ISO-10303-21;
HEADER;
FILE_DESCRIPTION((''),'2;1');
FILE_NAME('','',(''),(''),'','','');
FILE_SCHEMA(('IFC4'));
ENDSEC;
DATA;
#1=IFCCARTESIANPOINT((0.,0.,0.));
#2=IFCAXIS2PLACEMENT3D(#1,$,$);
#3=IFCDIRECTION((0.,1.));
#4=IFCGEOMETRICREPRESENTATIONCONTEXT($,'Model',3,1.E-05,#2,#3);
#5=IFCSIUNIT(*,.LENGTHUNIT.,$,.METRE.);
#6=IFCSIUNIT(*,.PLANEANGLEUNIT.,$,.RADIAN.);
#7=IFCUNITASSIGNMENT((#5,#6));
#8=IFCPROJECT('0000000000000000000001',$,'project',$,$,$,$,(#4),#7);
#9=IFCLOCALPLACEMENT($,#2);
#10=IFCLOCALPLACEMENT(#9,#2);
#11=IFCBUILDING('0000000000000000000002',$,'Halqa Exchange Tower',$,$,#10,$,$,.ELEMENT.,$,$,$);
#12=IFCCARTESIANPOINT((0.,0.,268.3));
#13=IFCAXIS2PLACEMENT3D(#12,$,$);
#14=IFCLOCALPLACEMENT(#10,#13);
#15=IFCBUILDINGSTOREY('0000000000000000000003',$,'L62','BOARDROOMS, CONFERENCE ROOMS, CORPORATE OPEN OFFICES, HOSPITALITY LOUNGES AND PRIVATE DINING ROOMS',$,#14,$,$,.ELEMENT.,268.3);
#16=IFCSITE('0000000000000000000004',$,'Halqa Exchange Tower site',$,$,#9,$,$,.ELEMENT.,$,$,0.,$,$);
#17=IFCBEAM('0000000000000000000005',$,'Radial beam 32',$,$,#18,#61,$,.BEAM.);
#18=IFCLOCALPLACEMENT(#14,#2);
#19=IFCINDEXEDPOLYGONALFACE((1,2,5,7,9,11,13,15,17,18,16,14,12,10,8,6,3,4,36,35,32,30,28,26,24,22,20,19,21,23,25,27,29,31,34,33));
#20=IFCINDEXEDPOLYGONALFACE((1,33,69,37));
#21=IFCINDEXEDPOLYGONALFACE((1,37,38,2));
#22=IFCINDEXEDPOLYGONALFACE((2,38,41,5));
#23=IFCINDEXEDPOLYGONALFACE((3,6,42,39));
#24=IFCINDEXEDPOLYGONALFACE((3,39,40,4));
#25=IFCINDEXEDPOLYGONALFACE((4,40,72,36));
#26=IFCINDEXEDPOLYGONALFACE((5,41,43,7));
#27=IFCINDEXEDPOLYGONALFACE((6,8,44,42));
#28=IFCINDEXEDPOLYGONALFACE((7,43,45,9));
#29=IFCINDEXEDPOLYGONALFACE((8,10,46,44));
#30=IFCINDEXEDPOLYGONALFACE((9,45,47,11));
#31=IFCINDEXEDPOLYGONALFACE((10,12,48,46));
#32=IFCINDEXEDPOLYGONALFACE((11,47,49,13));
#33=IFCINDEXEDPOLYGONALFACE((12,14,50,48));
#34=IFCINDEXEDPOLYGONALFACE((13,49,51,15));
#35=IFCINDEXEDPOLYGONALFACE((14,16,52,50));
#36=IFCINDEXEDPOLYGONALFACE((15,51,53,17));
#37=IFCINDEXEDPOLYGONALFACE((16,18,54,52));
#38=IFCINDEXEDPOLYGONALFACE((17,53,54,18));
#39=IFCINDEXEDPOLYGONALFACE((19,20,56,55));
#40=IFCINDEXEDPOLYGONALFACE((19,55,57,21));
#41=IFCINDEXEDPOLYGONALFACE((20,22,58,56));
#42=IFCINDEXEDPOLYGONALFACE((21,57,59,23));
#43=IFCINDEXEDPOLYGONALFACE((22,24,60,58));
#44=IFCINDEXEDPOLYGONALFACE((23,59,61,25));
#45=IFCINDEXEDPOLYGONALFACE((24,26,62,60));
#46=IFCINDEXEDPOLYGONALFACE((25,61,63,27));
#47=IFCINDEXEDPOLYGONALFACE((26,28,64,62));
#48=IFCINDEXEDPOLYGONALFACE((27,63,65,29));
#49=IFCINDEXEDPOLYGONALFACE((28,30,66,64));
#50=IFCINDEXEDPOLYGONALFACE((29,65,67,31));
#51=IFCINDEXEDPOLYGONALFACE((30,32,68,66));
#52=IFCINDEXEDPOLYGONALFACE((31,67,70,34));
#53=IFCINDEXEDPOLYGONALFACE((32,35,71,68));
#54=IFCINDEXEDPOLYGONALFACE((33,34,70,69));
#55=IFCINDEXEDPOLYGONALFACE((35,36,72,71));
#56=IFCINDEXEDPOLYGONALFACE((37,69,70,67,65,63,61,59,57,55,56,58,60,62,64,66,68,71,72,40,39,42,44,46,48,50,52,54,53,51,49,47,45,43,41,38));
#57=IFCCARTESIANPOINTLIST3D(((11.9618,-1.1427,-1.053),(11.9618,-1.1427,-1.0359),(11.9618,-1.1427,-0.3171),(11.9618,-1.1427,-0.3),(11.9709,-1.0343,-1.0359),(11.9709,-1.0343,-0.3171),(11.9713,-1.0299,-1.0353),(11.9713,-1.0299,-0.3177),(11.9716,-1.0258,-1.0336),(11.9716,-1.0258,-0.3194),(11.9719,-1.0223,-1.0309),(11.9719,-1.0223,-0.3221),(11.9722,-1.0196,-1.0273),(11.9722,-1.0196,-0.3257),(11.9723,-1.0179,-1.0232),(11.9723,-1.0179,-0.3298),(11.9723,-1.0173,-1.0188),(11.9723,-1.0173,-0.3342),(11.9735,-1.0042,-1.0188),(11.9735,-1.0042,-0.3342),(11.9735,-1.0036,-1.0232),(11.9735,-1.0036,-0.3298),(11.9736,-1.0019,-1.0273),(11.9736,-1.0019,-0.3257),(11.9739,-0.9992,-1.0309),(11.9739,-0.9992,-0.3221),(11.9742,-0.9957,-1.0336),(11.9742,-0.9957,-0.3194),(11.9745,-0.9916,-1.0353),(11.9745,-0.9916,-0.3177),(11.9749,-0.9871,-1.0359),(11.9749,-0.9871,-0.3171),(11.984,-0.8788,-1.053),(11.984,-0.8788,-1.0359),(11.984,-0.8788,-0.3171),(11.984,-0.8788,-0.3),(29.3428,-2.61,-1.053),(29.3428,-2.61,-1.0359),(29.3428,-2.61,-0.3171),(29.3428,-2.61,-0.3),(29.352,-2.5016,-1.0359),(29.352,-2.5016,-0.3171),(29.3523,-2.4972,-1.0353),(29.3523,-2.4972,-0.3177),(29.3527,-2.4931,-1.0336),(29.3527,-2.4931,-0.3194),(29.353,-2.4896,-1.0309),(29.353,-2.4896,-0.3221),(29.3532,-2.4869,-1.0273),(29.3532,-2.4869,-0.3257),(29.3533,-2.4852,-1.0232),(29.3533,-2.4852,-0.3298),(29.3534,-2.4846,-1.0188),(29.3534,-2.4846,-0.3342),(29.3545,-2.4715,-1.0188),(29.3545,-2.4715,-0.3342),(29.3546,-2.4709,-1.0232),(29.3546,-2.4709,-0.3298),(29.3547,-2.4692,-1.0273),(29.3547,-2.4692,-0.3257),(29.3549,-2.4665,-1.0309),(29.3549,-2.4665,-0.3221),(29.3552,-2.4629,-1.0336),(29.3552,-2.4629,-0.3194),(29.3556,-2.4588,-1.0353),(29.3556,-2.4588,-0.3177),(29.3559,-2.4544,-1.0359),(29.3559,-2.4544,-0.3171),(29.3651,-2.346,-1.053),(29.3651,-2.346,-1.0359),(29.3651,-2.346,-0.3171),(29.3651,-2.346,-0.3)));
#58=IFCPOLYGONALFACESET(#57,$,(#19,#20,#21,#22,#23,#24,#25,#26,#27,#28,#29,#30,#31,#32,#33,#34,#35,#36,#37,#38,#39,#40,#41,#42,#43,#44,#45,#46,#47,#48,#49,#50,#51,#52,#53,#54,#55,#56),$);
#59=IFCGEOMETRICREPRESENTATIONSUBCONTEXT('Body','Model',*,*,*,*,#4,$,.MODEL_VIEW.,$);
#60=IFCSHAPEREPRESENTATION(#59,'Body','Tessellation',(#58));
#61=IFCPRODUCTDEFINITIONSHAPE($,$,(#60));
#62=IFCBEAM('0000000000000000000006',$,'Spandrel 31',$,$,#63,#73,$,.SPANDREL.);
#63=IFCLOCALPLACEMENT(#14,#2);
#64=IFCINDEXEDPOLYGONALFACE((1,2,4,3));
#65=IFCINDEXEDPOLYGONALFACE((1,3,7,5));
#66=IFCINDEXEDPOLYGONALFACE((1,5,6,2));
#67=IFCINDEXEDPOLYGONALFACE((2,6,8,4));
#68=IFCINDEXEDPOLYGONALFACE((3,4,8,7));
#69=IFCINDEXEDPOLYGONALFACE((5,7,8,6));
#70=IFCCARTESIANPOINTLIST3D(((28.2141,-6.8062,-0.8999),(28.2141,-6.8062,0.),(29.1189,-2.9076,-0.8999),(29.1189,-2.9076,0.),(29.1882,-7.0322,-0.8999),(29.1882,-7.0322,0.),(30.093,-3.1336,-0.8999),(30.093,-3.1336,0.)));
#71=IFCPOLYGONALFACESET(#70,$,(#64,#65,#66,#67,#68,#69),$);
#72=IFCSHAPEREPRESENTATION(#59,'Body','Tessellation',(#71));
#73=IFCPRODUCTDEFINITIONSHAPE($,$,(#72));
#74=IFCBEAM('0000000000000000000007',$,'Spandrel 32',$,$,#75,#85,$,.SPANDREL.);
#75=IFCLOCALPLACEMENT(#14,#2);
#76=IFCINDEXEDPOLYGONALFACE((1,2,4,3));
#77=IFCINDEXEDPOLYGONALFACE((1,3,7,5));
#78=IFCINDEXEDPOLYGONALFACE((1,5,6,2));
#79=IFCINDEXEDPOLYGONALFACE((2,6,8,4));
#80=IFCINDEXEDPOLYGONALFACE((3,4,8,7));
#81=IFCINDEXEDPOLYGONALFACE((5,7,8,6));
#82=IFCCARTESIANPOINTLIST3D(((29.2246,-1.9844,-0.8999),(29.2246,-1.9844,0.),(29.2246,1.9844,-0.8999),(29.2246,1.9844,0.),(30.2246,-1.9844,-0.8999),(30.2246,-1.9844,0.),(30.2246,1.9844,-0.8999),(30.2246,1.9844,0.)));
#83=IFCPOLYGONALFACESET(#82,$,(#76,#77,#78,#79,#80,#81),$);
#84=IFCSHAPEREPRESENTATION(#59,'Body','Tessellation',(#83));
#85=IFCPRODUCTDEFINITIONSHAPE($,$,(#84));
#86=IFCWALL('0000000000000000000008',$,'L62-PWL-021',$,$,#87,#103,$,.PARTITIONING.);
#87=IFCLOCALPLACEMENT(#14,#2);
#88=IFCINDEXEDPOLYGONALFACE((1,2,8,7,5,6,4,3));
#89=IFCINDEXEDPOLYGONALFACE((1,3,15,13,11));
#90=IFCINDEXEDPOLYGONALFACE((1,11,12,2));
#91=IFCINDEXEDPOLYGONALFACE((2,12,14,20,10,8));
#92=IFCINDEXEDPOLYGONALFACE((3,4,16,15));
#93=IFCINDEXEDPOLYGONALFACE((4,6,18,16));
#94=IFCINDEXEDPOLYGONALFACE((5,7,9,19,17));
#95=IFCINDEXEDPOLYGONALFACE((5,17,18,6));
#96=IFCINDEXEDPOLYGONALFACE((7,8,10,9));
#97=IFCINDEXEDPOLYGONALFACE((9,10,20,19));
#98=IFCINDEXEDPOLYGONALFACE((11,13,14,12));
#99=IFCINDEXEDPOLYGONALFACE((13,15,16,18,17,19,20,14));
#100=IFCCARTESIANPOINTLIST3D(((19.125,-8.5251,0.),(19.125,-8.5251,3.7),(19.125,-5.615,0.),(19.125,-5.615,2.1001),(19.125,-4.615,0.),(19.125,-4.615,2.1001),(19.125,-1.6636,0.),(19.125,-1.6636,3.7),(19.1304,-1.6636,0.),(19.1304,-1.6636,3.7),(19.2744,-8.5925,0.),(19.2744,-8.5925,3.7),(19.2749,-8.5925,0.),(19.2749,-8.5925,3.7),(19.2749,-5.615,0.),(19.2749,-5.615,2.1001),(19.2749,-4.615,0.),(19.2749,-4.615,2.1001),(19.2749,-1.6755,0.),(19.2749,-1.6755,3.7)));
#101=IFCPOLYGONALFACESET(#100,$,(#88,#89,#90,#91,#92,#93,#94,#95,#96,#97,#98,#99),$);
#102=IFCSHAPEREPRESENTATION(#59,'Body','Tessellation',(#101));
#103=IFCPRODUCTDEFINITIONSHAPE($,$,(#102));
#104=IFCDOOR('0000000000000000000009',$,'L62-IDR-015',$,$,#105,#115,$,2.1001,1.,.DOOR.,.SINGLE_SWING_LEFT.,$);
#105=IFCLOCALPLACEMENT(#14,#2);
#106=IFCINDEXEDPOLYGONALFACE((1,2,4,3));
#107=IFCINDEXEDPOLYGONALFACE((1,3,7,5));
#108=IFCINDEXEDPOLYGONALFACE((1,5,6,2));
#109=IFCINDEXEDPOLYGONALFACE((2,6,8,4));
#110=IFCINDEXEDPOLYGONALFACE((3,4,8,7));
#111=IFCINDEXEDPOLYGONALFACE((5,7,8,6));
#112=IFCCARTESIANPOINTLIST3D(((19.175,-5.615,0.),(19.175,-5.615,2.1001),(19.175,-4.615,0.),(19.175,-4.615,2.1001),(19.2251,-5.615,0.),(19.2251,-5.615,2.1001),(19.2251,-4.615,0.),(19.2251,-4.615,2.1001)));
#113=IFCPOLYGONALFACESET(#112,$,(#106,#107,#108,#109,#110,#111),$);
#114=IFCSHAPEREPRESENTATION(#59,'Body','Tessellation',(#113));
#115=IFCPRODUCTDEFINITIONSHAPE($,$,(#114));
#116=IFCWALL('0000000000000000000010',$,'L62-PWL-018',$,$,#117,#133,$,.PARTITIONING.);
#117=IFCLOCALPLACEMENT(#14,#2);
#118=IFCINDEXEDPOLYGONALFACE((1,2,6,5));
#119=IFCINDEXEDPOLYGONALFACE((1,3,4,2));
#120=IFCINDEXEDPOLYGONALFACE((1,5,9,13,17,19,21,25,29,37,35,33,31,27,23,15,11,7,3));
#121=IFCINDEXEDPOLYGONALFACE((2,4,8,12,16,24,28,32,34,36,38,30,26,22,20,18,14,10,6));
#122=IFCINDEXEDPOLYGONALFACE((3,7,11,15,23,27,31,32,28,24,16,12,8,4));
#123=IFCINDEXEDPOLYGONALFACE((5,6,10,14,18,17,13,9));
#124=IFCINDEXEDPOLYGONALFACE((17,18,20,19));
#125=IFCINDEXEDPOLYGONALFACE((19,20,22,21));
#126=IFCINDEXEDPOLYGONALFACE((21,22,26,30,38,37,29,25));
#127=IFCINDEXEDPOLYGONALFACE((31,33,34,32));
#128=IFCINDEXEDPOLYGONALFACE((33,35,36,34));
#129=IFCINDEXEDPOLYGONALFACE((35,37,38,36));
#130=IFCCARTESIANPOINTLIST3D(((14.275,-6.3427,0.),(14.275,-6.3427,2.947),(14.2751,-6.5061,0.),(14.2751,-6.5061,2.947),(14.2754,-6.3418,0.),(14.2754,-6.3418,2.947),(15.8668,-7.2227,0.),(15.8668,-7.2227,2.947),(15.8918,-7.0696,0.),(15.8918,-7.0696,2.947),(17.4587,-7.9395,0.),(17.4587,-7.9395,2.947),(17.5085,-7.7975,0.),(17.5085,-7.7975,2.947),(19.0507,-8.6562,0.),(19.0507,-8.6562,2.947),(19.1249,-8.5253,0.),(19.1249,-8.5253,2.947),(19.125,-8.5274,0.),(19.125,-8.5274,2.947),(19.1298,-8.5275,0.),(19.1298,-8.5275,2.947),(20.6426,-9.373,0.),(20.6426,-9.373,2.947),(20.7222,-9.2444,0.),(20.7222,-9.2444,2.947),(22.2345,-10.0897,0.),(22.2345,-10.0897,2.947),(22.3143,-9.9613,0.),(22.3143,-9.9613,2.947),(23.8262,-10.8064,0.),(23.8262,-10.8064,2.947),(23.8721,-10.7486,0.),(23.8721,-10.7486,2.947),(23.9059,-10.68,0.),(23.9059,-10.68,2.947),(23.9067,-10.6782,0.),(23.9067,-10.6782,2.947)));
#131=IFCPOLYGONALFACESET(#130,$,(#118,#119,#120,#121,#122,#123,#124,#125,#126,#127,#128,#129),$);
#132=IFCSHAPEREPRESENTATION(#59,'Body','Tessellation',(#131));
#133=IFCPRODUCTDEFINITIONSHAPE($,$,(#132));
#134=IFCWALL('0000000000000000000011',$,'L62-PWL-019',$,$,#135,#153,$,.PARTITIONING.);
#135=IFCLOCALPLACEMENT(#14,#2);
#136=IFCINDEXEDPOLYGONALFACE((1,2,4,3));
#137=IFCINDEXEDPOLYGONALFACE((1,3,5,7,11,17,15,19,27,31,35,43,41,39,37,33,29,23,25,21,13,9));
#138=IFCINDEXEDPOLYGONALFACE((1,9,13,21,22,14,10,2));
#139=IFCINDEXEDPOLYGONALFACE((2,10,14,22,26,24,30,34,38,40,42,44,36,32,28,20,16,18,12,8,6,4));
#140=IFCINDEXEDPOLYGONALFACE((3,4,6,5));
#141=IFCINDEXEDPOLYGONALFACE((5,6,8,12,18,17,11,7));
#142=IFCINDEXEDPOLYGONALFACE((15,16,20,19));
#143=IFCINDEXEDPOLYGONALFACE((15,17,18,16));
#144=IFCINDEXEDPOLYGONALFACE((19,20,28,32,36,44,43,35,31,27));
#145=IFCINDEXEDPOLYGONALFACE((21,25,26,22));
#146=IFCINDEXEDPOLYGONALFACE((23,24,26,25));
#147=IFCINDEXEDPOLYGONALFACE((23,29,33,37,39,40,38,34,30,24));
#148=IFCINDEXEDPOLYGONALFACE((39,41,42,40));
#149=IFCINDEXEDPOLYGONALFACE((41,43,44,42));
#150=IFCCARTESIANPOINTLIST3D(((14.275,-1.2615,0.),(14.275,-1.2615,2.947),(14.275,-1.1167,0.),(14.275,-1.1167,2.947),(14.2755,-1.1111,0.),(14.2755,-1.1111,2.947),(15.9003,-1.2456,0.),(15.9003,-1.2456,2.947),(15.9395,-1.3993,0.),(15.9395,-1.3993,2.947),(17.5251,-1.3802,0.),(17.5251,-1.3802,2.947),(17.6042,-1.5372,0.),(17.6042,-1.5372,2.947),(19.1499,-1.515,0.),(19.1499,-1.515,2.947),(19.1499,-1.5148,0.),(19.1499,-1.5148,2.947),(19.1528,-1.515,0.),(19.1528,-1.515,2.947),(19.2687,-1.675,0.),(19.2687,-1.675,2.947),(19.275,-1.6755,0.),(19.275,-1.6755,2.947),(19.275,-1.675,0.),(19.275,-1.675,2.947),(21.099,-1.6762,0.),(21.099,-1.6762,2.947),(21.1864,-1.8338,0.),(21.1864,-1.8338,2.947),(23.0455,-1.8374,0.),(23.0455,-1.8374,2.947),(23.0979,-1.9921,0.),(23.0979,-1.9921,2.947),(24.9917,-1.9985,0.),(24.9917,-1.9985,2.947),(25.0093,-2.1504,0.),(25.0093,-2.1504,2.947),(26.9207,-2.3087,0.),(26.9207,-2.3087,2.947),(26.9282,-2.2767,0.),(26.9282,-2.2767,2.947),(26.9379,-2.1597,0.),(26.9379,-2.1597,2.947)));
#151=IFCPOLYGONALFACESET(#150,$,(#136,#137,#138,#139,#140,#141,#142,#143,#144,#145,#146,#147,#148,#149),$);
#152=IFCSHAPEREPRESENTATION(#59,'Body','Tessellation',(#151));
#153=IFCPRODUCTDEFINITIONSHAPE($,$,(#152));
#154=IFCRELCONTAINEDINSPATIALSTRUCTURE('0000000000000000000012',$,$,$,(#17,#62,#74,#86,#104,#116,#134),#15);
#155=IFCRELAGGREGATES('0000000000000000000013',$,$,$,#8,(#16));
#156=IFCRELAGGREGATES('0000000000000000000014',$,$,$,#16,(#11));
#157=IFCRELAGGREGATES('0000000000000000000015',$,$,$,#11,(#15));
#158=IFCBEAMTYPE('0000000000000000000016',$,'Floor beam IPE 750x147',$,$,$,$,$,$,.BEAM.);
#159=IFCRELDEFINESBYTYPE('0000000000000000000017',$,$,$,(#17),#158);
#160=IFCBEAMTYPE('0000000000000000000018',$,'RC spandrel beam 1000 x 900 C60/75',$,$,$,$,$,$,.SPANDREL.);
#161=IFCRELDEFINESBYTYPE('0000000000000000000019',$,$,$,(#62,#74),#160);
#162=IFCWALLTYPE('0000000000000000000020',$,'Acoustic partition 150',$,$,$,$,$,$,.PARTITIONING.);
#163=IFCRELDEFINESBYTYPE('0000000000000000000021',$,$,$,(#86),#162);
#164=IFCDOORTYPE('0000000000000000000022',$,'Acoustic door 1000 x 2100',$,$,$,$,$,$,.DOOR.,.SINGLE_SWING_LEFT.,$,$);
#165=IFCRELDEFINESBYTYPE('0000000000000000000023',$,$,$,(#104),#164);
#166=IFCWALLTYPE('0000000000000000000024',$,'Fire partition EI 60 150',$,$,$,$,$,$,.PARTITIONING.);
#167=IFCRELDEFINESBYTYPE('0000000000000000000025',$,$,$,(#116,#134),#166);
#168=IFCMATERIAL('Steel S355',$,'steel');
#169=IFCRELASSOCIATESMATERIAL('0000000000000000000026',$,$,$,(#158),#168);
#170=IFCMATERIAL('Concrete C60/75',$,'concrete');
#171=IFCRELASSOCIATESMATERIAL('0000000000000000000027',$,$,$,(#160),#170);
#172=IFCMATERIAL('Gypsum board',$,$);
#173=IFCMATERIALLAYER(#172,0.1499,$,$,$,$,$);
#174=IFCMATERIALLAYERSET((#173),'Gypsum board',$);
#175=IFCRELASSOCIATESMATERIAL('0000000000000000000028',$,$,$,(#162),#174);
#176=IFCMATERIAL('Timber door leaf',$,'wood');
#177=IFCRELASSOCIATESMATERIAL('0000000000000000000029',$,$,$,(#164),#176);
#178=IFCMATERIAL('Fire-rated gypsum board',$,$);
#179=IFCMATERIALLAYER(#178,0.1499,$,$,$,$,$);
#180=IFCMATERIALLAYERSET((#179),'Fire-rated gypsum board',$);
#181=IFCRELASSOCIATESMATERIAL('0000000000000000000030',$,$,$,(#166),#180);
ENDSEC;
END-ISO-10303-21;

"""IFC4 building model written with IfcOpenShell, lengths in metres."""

from ifc_helpers import new_model, si_unit, direction, frame, frame_2d, origin, origin_2d, place, context, subcontext, project, spatial, polyline, rectangle, i_section, outline, extrude, material, layer, layer_set, material_profile, profile_set, type_object, element, fill, save


model = new_model("IFC4")

# Units and contexts
model_context = context("Model", 3, precision=1e-05, world=origin(), true_north=direction((0.0, 1.0)))
body_context = subcontext(model_context, "Body", "Model", "MODEL_VIEW")
ifc_project = project(units=[si_unit("LENGTHUNIT", "METRE"), si_unit("PLANEANGLEUNIT", "RADIAN")], contexts=[model_context])

# Site, building, storey
site_placement = place(None, origin())
site = spatial("IfcSite", under=ifc_project, at=site_placement, Name="Halqa Exchange Tower site", CompositionType="ELEMENT", RefElevation=0.0)
building_placement = place(site_placement, origin())
building = spatial("IfcBuilding", under=site, at=building_placement, Name="Halqa Exchange Tower", CompositionType="ELEMENT")
storey_placement = place(building_placement, frame((0.0, 0.0, 268.3)))
storey = spatial("IfcBuildingStorey", under=building, at=storey_placement, Name="L62", Description="BOARDROOMS, CONFERENCE ROOMS, CORPORATE OPEN OFFICES, HOSPITALITY LOUNGES AND PRIVATE DINING ROOMS", CompositionType="ELEMENT", Elevation=268.3)

# Shared definitions
ifc_material_1 = material(Name="Concrete C60/75", Category="concrete")

# Beams
ifc_material_2 = material(Name="Steel S355", Category="steel")
ifc_material_profile_1 = material_profile(ifc_material_2, i_section(OverallWidth=0.2649, OverallDepth=0.7529, WebThickness=0.0132, FlangeThickness=0.0171, FilletRadius=0.0171, at=origin_2d()), Name="IPE 750x147")
ifc_profile_set_1 = profile_set([ifc_material_profile_1], Name="Steel S355")
beam_type_1 = type_object("IfcBeamType", Name="Floor beam IPE 750x147", PredefinedType="BEAM", material=ifc_profile_set_1)
beam_1_placement = place(storey_placement, frame((11.9729, -1.0107, -0.6765), z_axis=(0.996456, -0.084119, 0.0), x_axis=(0.084119, 0.996456, 0.0)))
element("IfcBeam", 1, at=beam_1_placement, inside=storey, type_object=beam_type_1, Name="Radial beam 32", PredefinedType="BEAM", context=body_context, shape_type="SweptSolid", body=[
    extrude(i_section(OverallWidth=0.2649, OverallDepth=0.7529, WebThickness=0.0132, FlangeThickness=0.0171, FilletRadius=0.0171, at=origin_2d()), origin(), (0.0, 0.0, 1.0), 17.4429),
])
ifc_material_profile_2 = material_profile(ifc_material_1, rectangle(XDim=1.0, YDim=0.8999, at=origin_2d()), Name="1000 x 900")
ifc_profile_set_2 = profile_set([ifc_material_profile_2], Name="Concrete C60/75")
beam_type_2 = type_object("IfcBeamType", Name="RC spandrel beam 1000 x 900 C60/75", PredefinedType="SPANDREL", material=ifc_profile_set_2)
beam_2_placement = place(storey_placement, frame((28.7012, -6.9192, -0.45), z_axis=(0.226067, 0.974112, 0.0), x_axis=(-0.974112, 0.226067, 0.0)))
element("IfcBeam", 2, at=beam_2_placement, inside=storey, type_object=beam_type_2, Name="Spandrel 31", PredefinedType="SPANDREL", context=body_context, shape_type="SweptSolid", body=[
    extrude(rectangle(XDim=1.0, YDim=0.8999, at=origin_2d()), origin(), (0.0, 0.0, 1.0), 4.0022),
])
beam_3_placement = place(storey_placement, frame((29.7246, -1.9844, -0.45), z_axis=(0.0, 1.0, 0.0), x_axis=(-1.0, 0.0, 0.0)))
element("IfcBeam", 3, at=beam_3_placement, inside=storey, type_object=beam_type_2, Name="Spandrel 32", PredefinedType="SPANDREL", context=body_context, shape_type="SweptSolid", body=[
    extrude(rectangle(XDim=1.0, YDim=0.8999, at=origin_2d()), origin(), (0.0, 0.0, 1.0), 3.9688),
])

# Wall, opening, door
ifc_material_3 = material(Name="Gypsum board")
ifc_layer_1 = layer(ifc_material_3, 0.1499)
ifc_layer_set_1 = layer_set([ifc_layer_1], Name="Gypsum board")
wall_type_1 = type_object("IfcWallType", Name="Acoustic partition 150", PredefinedType="PARTITIONING", material=ifc_layer_set_1)
wall_1_placement = place(storey_placement, frame((19.2, -1.6636, 0.0), z_axis=(0.0, 0.0, 1.0), x_axis=(0.0, -1.0, 0.0)))
wall_1 = element("IfcWall", 4, at=wall_1_placement, inside=storey, type_object=wall_type_1, Name="L62-PWL-021", PredefinedType="PARTITIONING", context=body_context, shape_type="SweptSolid", body=[
    extrude(outline(polyline([(0.0, -0.075), (1.7153, -0.075), (3.4309, -0.075), (5.1462, -0.075), (6.8616, -0.075), (6.929, 0.0745), (6.929, 0.075), (5.1997, 0.075), (3.4705, 0.075), (1.7412, 0.075), (0.012, 0.075), (0.0, -0.0696), (0.0, -0.075)])), origin(), (0.0, 0.0, 1.0), 3.7),
])
opening_1_placement = place(wall_1_placement, frame((2.9514, 0.0, 0.0)))
opening_1 = element("IfcOpeningElement", 5, at=opening_1_placement, cuts=wall_1, PredefinedType="OPENING", context=body_context, shape_type="SweptSolid", body=[
    extrude(rectangle(XDim=1.0, YDim=2.1001, at=frame_2d((0.5, 1.05))), frame((0.0, 0.0869, 0.0), z_axis=(0.0, -1.0, 0.0), x_axis=(1.0, 0.0, 0.0)), (0.0, 0.0, 1.0), 0.1738),
])
ifc_material_4 = material(Name="Timber door leaf", Category="wood")
door_type_1 = type_object("IfcDoorType", Name="Acoustic door 1000 x 2100", OperationType="SINGLE_SWING_LEFT", PredefinedType="DOOR", material=ifc_material_4)
door_1_placement = place(opening_1_placement, frame((1.0, 0.0, 0.0), z_axis=(0.0, 0.0, 1.0), x_axis=(-1.0, 0.0, 0.0)))
door_1 = element("IfcDoor", 6, at=door_1_placement, inside=storey, type_object=door_type_1, Name="L62-IDR-015", OperationType="SINGLE_SWING_LEFT", OverallHeight=2.1001, OverallWidth=1.0, PredefinedType="DOOR", context=body_context, shape_type="SweptSolid", body=[
    extrude(rectangle(XDim=1.0, YDim=2.1001, at=frame_2d((0.5, 1.05))), frame((0.0, 0.0249, 0.0), z_axis=(0.0, -1.0, 0.0), x_axis=(1.0, 0.0, 0.0)), (0.0, 0.0, 1.0), 0.05),
])
fill(opening_1, door_1)

# Walls
ifc_material_5 = material(Name="Fire-rated gypsum board")
ifc_layer_2 = layer(ifc_material_5, 0.1499)
ifc_layer_set_2 = layer_set([ifc_layer_2], Name="Fire-rated gypsum board")
wall_type_2 = type_object("IfcWallType", Name="Fire partition EI 60 150", PredefinedType="PARTITIONING", material=ifc_layer_set_2)
wall_2_placement = place(storey_placement, frame((14.2446, -6.4102, 0.0), z_axis=(0.0, 0.0, 1.0), x_axis=(0.911839, -0.410547, 0.0)))
element("IfcWall", 7, at=wall_2_placement, inside=storey, type_object=wall_type_2, Name="L62-PWL-018", PredefinedType="PARTITIONING", context=body_context, shape_type="SweptSolid", body=[
    extrude(outline(polyline([(0.0671, -0.075), (1.8127, -0.075), (3.5586, -0.075), (5.3044, -0.075), (7.0503, -0.075), (8.7961, -0.075), (10.5417, -0.075), (10.5598, -0.0034), (10.5625, 0.073), (10.5625, 0.075), (8.8162, 0.075), (7.0701, 0.075), (5.3237, 0.075), (5.3193, 0.073), (5.3184, 0.075), (3.5457, 0.075), (1.7727, 0.075), (0.0, 0.075), (0.0, 0.074), (0.0671, -0.075)])), origin(), (0.0, 0.0, 1.0), 2.947),
])
wall_3_placement = place(storey_placement, frame((14.2693, -1.1858, 0.0), z_axis=(0.0, 0.0, 1.0), x_axis=(0.996589, -0.082529, 0.0)))
element("IfcWall", 8, at=wall_3_placement, inside=storey, type_object=wall_type_2, Name="L62-PWL-019", PredefinedType="PARTITIONING", context=body_context, shape_type="SweptSolid", body=[
    extrude(outline(polyline([(0.012, -0.075), (1.6821, -0.075), (3.3525, -0.075), (5.0227, -0.075), (5.0291, -0.0745), (5.0291, -0.075), (6.947, -0.075), (8.865, -0.075), (10.783, -0.075), (12.7009, -0.075), (12.7058, -0.0425), (12.7058, 0.075), (10.7529, 0.075), (8.8, 0.075), (6.8469, 0.075), (4.894, 0.075), (4.8911, 0.0747), (4.8911, 0.075), (3.2607, 0.075), (1.6304, 0.075), (0.0, 0.075), (0.0, 0.0693), (0.012, -0.075)])), origin(), (0.0, 0.0, 1.0), 2.947),
])

save(model, "model.ifc")
